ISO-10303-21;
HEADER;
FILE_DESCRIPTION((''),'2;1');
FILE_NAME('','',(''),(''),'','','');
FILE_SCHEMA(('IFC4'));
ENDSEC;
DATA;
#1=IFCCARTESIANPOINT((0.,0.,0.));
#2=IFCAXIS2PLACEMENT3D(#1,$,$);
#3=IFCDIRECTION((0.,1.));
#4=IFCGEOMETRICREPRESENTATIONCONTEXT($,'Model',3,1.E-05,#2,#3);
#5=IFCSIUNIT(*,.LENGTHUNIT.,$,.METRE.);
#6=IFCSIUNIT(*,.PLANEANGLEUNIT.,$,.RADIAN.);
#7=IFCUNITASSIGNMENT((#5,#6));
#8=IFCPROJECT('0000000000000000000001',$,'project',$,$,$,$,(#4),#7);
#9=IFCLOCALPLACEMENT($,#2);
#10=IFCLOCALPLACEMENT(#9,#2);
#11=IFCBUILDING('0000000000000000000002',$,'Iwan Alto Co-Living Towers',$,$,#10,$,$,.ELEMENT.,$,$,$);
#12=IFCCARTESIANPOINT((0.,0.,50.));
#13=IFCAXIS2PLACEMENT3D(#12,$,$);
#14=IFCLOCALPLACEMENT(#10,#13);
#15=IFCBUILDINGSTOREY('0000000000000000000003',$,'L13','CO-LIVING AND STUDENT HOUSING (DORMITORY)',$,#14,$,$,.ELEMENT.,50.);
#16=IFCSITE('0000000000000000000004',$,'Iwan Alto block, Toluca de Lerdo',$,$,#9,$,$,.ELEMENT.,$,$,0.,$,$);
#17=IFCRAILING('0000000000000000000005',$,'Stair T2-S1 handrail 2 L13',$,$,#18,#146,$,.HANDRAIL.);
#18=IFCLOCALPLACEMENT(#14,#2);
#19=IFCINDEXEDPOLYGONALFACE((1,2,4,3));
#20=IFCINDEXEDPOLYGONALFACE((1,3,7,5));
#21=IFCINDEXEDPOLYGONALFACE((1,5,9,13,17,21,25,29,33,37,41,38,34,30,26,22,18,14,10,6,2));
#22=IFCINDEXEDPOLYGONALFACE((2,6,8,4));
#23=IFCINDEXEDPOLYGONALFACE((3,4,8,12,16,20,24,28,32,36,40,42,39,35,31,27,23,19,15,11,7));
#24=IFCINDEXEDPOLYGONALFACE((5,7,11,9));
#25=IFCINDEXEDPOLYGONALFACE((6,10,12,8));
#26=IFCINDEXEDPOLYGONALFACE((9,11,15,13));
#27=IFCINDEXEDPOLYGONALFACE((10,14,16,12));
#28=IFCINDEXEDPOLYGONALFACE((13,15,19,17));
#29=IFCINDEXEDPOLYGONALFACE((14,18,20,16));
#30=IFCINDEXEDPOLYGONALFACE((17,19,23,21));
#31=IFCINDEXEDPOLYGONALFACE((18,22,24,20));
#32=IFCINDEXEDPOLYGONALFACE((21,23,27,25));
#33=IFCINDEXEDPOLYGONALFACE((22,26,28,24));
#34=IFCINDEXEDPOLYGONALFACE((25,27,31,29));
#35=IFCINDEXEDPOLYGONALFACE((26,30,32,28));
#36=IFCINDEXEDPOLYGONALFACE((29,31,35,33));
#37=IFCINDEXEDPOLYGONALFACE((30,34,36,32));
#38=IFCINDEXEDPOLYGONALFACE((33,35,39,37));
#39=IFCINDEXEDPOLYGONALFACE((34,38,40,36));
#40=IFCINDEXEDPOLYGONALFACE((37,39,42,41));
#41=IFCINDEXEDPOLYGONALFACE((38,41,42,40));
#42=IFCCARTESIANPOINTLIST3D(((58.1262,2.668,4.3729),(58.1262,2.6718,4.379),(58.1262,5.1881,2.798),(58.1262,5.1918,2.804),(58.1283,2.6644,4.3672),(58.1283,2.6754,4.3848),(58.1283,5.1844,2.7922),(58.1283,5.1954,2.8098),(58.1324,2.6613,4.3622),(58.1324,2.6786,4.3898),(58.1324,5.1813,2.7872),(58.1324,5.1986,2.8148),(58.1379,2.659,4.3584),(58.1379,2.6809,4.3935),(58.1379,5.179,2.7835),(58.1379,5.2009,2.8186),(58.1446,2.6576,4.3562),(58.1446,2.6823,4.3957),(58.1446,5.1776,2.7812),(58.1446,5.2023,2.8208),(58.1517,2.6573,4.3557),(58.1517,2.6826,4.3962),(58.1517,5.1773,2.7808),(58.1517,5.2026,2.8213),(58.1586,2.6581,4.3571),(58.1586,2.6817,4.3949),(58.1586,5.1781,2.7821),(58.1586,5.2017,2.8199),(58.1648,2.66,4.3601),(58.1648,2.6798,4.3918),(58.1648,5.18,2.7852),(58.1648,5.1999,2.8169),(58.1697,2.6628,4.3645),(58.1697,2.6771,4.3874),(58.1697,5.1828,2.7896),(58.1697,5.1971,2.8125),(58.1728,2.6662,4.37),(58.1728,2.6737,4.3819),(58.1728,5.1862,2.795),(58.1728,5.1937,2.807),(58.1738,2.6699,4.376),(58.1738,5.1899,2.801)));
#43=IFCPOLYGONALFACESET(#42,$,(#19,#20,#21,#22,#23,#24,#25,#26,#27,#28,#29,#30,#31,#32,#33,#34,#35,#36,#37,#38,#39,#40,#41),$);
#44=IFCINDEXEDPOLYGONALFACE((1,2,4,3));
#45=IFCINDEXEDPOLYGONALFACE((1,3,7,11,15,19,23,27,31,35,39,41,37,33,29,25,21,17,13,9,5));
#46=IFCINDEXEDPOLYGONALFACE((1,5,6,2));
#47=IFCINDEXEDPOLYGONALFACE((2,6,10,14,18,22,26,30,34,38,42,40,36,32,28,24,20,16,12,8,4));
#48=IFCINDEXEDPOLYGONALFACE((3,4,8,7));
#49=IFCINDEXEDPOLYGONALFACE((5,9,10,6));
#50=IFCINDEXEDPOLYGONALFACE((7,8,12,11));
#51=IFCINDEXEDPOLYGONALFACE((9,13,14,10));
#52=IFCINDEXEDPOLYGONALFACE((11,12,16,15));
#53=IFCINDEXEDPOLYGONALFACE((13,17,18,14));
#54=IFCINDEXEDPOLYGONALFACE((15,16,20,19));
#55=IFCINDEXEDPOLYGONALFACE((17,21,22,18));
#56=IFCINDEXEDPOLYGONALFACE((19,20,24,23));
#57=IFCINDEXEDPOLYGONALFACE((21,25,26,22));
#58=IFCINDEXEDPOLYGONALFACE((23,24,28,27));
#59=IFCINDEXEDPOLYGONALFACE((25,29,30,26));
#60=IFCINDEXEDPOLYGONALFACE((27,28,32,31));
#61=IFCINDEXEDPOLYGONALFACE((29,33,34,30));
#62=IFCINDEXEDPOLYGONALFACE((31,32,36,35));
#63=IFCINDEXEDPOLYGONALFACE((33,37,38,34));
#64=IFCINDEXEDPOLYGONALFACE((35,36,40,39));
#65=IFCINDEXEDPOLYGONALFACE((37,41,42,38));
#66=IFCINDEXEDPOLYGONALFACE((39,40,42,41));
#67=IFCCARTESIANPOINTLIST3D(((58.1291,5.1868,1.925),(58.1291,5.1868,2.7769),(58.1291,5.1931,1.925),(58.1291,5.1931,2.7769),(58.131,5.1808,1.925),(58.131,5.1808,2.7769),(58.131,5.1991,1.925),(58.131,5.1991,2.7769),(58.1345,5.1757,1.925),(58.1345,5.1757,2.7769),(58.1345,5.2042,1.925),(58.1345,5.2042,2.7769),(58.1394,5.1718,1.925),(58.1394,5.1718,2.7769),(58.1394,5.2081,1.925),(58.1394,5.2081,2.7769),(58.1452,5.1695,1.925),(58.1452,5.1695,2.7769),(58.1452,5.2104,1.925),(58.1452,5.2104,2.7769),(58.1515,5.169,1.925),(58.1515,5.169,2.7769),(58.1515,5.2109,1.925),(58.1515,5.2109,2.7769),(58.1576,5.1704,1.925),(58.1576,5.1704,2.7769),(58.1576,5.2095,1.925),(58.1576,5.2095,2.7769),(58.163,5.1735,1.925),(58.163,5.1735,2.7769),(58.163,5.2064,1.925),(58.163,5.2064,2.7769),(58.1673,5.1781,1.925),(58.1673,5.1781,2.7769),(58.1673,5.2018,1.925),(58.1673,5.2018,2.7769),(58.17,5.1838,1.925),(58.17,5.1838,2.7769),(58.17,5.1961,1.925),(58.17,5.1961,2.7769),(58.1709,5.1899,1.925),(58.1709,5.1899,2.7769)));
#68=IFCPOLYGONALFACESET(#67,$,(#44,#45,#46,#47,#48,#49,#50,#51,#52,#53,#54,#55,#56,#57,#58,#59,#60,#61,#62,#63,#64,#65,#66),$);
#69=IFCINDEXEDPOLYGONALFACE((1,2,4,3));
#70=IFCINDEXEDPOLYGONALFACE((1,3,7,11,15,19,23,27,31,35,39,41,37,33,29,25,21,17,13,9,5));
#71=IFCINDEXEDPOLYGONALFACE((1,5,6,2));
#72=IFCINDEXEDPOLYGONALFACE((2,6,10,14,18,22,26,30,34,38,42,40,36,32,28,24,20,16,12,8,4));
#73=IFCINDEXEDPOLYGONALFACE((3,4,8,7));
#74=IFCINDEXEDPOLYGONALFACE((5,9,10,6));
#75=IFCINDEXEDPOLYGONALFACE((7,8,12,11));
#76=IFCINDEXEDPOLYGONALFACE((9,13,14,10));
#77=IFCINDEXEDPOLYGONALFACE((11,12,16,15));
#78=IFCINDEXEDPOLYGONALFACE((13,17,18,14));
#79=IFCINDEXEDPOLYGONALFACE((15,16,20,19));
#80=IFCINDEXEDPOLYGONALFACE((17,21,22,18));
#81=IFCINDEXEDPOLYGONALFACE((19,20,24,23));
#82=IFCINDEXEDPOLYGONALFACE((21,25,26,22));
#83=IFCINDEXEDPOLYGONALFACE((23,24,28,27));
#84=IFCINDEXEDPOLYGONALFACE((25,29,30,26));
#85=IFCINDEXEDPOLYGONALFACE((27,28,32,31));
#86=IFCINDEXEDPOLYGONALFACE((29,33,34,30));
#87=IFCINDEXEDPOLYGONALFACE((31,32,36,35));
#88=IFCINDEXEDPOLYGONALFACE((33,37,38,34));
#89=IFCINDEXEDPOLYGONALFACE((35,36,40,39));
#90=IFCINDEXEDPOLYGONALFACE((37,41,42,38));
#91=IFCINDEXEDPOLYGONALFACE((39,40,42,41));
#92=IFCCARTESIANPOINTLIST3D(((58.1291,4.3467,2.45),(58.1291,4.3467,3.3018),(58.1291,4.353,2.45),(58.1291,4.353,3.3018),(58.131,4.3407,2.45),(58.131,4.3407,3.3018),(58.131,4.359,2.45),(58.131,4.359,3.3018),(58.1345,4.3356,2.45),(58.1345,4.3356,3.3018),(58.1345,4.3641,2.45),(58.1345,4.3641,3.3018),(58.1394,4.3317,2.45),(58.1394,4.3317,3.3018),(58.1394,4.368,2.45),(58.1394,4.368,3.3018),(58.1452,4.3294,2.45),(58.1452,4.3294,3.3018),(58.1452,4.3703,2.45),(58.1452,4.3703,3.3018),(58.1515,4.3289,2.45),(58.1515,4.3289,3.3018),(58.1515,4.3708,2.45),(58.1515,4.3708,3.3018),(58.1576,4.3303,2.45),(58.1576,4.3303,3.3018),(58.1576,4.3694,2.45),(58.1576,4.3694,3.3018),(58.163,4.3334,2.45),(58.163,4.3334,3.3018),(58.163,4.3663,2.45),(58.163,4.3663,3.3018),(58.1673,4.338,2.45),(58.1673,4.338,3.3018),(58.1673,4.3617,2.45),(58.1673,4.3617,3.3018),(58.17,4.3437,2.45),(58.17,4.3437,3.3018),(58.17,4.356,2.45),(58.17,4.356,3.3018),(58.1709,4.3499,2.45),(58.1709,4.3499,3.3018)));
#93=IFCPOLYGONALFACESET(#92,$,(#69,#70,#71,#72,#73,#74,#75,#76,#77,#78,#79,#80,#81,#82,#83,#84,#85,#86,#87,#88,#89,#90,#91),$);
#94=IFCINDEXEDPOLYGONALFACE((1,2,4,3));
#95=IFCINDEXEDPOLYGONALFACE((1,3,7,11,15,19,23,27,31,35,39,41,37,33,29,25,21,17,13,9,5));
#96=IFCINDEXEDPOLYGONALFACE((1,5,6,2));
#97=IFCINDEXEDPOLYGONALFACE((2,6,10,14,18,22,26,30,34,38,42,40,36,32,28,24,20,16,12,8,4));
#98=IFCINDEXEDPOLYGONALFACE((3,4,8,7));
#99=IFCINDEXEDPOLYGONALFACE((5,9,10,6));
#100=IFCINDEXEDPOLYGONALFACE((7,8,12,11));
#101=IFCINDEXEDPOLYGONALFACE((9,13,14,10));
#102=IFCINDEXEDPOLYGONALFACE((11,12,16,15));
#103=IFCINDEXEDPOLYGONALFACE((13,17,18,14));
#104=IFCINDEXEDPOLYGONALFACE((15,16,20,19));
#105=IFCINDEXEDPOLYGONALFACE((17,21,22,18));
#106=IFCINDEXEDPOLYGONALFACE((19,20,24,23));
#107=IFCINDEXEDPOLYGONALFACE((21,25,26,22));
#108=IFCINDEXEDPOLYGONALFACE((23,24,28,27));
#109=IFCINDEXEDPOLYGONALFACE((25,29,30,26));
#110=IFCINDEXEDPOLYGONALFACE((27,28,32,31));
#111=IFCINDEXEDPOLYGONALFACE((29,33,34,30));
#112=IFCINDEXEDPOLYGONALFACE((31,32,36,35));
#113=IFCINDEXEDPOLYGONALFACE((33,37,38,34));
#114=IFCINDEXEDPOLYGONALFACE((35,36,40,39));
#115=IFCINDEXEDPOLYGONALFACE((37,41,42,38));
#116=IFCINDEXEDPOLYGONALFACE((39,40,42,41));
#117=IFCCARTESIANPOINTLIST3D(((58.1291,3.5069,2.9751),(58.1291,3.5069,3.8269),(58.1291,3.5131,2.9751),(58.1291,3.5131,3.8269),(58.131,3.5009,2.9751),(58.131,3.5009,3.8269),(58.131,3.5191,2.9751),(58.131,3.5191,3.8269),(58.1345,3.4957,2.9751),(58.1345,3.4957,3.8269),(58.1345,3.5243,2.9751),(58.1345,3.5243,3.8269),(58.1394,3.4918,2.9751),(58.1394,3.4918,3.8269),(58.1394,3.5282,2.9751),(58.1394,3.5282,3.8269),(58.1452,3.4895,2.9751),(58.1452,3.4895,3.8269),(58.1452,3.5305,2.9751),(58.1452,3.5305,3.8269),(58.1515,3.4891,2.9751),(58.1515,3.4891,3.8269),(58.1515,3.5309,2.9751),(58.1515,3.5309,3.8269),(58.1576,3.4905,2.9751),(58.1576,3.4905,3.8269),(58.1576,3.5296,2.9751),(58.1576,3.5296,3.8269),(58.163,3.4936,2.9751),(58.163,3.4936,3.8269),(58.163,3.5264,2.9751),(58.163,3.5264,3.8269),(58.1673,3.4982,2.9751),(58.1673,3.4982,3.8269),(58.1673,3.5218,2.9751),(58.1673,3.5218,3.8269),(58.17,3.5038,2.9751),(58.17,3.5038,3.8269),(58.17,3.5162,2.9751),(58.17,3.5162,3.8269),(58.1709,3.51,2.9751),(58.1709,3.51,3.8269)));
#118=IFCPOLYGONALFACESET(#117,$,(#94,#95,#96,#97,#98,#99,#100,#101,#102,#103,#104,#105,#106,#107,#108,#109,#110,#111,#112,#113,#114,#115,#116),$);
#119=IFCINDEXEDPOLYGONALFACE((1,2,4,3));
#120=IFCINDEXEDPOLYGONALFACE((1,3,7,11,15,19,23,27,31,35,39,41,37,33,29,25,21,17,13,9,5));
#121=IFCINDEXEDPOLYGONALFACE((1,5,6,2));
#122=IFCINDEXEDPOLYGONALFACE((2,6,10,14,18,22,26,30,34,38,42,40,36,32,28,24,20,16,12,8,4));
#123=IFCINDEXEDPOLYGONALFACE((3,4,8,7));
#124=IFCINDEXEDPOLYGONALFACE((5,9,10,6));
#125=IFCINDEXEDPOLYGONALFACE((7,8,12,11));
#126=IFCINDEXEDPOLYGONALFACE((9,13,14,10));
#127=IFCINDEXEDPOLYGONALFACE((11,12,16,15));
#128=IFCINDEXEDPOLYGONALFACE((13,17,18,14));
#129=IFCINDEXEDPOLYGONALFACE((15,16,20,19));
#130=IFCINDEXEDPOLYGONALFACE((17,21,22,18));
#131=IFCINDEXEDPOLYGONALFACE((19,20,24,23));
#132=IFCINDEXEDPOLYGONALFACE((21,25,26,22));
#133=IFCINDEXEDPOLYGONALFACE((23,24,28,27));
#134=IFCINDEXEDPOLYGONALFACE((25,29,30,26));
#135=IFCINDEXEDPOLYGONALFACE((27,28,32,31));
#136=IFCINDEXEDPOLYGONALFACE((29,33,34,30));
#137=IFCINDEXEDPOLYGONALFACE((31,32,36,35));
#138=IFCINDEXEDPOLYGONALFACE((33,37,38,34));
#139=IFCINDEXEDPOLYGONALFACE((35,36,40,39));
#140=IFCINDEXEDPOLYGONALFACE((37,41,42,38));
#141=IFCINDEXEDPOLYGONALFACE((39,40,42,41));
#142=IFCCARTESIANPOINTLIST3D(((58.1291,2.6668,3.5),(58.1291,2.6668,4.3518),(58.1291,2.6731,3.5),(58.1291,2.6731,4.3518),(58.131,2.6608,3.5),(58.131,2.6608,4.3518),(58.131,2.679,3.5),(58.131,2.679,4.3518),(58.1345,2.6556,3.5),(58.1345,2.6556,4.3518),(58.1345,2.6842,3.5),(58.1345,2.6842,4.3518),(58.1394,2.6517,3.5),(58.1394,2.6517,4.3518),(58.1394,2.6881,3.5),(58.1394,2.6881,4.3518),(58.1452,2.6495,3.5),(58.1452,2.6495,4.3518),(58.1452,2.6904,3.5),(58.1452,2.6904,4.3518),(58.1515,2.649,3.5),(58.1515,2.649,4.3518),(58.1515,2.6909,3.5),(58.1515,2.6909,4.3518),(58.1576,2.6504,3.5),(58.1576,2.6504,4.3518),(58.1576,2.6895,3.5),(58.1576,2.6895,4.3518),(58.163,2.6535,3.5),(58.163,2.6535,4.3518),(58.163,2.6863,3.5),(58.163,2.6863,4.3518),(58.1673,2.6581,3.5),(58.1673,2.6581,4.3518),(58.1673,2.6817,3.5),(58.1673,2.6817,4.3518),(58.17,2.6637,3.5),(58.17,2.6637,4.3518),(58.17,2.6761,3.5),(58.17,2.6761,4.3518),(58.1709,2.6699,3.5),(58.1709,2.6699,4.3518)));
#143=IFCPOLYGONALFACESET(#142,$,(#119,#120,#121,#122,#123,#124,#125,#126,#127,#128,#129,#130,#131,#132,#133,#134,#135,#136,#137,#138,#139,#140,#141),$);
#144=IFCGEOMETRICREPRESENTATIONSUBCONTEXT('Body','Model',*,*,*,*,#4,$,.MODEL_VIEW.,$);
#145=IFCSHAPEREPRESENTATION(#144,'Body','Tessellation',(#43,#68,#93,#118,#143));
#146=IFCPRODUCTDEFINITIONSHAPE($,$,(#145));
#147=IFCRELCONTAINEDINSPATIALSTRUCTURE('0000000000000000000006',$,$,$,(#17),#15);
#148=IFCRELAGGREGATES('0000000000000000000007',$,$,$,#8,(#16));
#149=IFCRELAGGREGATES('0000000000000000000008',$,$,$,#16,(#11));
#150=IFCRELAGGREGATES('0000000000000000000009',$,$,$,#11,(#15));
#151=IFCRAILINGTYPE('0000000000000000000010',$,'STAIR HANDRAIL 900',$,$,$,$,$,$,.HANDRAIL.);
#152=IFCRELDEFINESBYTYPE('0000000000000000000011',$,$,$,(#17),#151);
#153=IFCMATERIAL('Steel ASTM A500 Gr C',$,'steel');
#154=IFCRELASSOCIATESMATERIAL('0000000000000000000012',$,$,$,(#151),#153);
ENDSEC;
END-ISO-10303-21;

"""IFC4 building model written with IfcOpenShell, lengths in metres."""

from ifc_helpers import new_model, si_unit, direction, frame, origin, origin_2d, place, context, subcontext, project, spatial, circle, extrude, material, type_object, element, save


model = new_model("IFC4")

# Units and contexts
model_context = context("Model", 3, precision=1e-05, world=origin(), true_north=direction((0.0, 1.0)))
body_context = subcontext(model_context, "Body", "Model", "MODEL_VIEW")
ifc_project = project(units=[si_unit("LENGTHUNIT", "METRE"), si_unit("PLANEANGLEUNIT", "RADIAN")], contexts=[model_context])

# Site, building, storey
site_placement = place(None, origin())
site = spatial("IfcSite", under=ifc_project, at=site_placement, Name="Iwan Alto block, Toluca de Lerdo", CompositionType="ELEMENT", RefElevation=0.0)
building_placement = place(site_placement, origin())
building = spatial("IfcBuilding", under=site, at=building_placement, Name="Iwan Alto Co-Living Towers", CompositionType="ELEMENT")
storey_placement = place(building_placement, frame((0.0, 0.0, 50.0)))
storey = spatial("IfcBuildingStorey", under=building, at=storey_placement, Name="L13", Description="CO-LIVING AND STUDENT HOUSING (DORMITORY)", CompositionType="ELEMENT", Elevation=50.0)

# Railing
ifc_material_1 = material(Name="Steel ASTM A500 Gr C", Category="steel")
railing_type_1 = type_object("IfcRailingType", Name="STAIR HANDRAIL 900", PredefinedType="HANDRAIL", material=ifc_material_1)
railing_1_placement = place(storey_placement, frame((58.1499, 5.1899, 1.925)))
element("IfcRailing", 1, at=railing_1_placement, inside=storey, type_object=railing_type_1, Name="Stair T2-S1 handrail 2 L13", PredefinedType="HANDRAIL", context=body_context, shape_type="SweptSolid", body=[
    extrude(circle(Radius=0.0239, at=origin_2d()), frame((0.0, 0.0, 0.876), z_axis=(0.0, -0.848008, 0.529984), x_axis=(1.0, 0.0, 0.0)), (0.0, 0.0, 1.0), 2.9717),
    extrude(circle(Radius=0.021, at=origin_2d()), origin(), (0.0, 0.0, 1.0), 0.8518),
    extrude(circle(Radius=0.021, at=origin_2d()), frame((0.0, -0.8401, 0.5249)), (0.0, 0.0, 1.0), 0.8518),
    extrude(circle(Radius=0.021, at=origin_2d()), frame((0.0, -1.6799, 1.05)), (0.0, 0.0, 1.0), 0.8518),
    extrude(circle(Radius=0.021, at=origin_2d()), frame((0.0, -2.52, 1.575)), (0.0, 0.0, 1.0), 0.8518),
])

save(model, "model.ifc")
